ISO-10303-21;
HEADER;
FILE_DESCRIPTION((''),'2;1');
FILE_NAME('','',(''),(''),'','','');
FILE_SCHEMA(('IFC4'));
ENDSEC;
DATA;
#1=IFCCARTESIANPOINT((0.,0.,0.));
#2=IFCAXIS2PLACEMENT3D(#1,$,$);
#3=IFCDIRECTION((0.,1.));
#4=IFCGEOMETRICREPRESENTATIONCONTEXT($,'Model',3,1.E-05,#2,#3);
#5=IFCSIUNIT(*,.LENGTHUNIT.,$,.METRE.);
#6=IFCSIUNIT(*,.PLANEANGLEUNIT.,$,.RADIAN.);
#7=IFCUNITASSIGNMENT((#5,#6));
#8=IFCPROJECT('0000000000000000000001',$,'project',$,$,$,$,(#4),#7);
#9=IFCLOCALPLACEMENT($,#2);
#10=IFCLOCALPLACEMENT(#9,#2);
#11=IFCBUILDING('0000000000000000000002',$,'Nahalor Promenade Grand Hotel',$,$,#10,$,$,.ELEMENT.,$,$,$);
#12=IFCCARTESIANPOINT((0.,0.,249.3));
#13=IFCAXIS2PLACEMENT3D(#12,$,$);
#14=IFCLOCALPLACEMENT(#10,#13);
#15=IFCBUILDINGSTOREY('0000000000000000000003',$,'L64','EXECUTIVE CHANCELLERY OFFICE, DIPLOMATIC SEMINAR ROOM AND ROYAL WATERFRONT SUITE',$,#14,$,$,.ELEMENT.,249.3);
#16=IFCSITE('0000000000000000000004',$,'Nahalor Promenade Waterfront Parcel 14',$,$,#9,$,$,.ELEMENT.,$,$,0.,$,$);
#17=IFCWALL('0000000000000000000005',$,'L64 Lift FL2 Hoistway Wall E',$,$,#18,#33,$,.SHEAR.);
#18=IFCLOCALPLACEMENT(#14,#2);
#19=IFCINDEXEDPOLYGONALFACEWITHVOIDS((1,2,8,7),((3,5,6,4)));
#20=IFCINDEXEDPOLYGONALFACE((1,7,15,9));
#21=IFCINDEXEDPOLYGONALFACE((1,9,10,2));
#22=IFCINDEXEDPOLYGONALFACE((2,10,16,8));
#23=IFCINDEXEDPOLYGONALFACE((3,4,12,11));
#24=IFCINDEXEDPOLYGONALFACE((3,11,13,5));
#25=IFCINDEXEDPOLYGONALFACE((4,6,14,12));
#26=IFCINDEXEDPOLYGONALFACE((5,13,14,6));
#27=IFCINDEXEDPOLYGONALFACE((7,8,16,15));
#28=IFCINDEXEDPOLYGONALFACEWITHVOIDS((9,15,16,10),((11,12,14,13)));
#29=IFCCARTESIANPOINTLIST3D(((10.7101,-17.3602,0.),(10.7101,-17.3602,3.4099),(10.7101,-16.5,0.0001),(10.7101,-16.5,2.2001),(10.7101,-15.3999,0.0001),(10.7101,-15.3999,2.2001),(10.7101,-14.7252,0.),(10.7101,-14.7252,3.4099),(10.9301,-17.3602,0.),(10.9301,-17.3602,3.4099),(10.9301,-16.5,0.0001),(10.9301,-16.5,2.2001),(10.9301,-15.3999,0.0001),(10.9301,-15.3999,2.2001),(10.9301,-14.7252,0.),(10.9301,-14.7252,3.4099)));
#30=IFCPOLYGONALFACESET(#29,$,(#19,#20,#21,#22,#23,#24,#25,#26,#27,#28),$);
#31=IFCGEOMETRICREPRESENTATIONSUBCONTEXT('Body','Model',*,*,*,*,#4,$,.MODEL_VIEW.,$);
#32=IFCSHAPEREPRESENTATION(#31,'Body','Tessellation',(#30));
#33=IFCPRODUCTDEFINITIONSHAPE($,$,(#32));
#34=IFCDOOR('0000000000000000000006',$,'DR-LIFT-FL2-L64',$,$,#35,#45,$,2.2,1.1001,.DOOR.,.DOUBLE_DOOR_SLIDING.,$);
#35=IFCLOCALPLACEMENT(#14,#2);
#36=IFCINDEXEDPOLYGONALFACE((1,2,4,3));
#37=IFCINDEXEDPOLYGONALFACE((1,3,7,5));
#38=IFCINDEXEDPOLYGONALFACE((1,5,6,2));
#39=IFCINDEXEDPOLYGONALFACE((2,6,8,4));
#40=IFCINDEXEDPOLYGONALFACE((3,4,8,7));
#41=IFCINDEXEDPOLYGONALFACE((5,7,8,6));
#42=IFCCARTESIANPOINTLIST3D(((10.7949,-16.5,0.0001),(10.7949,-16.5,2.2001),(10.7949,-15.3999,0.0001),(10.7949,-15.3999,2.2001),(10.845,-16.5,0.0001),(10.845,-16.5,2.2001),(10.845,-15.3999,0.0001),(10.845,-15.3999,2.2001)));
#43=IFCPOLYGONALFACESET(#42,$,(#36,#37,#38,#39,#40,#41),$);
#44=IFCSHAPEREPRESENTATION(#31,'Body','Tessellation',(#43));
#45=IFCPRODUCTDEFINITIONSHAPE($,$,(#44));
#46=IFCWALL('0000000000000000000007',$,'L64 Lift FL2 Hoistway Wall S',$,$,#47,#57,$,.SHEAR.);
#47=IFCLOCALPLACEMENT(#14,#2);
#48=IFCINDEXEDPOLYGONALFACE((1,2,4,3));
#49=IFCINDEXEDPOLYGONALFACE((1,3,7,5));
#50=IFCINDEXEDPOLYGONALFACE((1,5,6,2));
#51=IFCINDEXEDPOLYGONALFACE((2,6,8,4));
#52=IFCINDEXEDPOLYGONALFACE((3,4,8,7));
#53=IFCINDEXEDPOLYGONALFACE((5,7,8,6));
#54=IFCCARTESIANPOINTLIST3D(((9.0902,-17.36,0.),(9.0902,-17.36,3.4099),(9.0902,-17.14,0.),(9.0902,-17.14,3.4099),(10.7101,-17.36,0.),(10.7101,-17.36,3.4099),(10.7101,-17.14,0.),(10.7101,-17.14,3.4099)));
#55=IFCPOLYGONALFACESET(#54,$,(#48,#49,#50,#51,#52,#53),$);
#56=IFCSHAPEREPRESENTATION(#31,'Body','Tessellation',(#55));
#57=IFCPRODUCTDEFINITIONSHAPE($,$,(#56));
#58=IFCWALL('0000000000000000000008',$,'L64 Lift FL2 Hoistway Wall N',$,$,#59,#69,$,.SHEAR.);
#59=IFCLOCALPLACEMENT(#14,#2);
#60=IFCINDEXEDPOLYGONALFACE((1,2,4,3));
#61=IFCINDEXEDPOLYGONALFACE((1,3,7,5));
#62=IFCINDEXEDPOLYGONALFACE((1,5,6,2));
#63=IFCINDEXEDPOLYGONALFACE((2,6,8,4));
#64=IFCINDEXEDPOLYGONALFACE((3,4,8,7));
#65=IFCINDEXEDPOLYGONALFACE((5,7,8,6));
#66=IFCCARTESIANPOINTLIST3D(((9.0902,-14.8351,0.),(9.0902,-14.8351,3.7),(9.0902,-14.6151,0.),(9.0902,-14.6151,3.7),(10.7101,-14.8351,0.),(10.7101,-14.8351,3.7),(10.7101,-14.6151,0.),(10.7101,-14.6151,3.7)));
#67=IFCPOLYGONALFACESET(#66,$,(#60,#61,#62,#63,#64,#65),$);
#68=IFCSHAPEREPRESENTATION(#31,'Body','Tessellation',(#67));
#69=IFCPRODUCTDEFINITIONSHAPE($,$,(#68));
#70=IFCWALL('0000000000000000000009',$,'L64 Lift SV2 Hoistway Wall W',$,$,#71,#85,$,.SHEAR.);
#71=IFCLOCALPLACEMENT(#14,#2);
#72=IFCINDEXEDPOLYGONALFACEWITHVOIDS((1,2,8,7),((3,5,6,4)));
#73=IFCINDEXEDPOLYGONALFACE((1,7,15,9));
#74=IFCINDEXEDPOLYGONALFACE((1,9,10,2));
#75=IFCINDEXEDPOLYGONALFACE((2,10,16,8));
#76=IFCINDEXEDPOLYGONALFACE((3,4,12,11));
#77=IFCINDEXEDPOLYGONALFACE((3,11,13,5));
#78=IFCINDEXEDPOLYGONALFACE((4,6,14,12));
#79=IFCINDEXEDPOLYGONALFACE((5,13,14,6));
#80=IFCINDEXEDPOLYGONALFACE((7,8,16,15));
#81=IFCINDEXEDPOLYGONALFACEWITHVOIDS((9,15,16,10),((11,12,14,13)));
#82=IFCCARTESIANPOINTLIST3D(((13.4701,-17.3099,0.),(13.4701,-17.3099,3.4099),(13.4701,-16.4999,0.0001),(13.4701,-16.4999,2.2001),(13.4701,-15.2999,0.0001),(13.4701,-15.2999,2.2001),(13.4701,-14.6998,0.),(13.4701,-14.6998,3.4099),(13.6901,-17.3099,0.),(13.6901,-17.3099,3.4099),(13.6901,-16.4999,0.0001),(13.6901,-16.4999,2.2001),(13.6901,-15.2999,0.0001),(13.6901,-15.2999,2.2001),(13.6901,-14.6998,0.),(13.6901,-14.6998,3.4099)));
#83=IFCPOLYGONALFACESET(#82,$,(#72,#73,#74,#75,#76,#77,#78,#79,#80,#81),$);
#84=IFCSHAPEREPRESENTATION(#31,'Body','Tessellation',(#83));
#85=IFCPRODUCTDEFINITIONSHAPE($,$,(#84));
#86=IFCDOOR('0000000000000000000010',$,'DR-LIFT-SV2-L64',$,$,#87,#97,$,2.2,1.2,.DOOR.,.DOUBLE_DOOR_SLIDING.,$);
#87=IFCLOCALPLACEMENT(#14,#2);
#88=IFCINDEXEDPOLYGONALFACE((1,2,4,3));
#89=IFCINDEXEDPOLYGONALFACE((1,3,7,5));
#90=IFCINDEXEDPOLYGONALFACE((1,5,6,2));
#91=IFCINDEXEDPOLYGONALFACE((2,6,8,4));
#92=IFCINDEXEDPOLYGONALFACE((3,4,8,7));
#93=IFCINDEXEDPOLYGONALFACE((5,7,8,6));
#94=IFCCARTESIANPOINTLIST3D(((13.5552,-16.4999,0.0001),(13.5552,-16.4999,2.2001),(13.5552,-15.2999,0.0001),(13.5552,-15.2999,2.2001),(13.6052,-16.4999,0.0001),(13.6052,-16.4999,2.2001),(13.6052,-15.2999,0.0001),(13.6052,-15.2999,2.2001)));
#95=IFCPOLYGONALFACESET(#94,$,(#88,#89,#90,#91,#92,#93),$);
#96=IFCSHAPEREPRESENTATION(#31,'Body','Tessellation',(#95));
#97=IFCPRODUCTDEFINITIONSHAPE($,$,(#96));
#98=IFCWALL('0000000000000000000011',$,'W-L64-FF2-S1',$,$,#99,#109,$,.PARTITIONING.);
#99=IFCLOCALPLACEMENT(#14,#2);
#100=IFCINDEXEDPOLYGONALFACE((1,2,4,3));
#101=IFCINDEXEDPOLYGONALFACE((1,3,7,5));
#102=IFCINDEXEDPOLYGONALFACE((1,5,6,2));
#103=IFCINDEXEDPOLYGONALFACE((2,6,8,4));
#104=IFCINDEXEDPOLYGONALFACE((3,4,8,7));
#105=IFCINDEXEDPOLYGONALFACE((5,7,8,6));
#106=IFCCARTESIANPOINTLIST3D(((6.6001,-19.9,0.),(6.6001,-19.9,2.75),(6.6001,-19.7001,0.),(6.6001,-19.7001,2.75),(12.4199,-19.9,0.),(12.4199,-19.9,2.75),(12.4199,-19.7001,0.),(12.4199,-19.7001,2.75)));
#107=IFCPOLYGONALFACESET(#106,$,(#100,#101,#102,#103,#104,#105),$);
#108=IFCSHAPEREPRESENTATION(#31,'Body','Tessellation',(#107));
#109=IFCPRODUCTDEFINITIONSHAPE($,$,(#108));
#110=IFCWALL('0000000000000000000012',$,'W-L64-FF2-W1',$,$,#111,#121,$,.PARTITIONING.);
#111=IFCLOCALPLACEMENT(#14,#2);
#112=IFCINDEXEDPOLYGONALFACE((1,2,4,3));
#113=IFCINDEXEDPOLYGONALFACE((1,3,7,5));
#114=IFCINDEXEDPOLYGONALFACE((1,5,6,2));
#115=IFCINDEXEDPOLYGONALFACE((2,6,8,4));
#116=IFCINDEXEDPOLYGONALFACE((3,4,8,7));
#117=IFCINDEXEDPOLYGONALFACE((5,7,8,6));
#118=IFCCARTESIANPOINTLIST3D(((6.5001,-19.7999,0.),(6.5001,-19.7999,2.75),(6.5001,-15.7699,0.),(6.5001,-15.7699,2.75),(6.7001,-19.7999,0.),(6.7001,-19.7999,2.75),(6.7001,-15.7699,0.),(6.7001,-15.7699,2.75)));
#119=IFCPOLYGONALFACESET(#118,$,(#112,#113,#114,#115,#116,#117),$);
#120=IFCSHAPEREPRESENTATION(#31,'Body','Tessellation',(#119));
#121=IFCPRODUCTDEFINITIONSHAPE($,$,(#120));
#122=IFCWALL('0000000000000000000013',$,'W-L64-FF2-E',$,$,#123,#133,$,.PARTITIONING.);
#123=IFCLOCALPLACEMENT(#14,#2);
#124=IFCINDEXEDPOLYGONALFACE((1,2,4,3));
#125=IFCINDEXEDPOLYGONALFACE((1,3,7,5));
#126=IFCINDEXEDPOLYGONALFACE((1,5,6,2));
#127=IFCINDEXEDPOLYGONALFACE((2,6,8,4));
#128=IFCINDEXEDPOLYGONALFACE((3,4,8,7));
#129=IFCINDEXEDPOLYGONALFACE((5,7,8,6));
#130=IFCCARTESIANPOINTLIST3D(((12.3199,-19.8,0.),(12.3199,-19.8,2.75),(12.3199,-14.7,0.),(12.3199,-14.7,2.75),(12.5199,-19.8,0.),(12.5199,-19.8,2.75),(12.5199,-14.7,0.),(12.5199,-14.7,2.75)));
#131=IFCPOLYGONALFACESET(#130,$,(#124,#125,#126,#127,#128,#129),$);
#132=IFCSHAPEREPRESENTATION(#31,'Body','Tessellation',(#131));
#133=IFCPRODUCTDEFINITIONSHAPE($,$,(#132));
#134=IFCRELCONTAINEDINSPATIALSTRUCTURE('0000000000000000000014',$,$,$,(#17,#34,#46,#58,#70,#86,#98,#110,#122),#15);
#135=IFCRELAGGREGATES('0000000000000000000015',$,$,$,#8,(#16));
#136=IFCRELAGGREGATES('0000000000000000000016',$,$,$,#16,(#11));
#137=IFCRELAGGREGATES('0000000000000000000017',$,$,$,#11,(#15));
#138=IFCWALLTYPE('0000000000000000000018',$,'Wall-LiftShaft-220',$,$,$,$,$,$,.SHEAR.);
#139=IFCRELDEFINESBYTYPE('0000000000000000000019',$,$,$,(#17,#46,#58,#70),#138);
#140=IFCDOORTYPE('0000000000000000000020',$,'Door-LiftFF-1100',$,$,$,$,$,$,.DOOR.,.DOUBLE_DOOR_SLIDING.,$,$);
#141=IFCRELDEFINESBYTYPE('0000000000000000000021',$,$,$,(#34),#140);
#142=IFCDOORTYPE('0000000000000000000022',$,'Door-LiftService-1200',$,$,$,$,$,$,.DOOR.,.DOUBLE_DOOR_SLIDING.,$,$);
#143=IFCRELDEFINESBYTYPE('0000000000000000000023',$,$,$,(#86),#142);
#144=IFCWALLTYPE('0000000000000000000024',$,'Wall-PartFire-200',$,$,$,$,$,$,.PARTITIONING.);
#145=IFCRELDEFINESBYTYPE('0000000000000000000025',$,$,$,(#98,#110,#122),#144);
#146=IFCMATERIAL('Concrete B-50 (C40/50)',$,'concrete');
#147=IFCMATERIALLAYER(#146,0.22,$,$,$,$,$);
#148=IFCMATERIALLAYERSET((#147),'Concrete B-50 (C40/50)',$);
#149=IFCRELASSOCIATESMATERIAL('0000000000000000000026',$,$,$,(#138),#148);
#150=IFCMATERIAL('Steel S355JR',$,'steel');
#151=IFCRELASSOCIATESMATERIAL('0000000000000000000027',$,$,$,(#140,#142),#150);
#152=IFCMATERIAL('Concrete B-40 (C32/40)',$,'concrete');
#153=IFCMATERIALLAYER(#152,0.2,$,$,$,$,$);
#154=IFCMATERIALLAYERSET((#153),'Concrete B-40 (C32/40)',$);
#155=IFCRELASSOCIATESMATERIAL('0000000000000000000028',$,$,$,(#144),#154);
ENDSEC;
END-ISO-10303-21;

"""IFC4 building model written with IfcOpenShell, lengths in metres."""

from ifc_helpers import new_model, si_unit, direction, frame, frame_2d, origin, place, context, subcontext, project, spatial, rectangle, extrude, source, transform, mapped, material, layer, layer_set, type_object, element, fill, save


model = new_model("IFC4")

# Units and contexts
model_context = context("Model", 3, precision=1e-05, world=origin(), true_north=direction((0.0, 1.0)))
body_context = subcontext(model_context, "Body", "Model", "MODEL_VIEW")
ifc_project = project(units=[si_unit("LENGTHUNIT", "METRE"), si_unit("PLANEANGLEUNIT", "RADIAN")], contexts=[model_context])

# Site, building, storey
site_placement = place(None, origin())
site = spatial("IfcSite", under=ifc_project, at=site_placement, Name="Nahalor Promenade Waterfront Parcel 14", CompositionType="ELEMENT", RefElevation=0.0)
building_placement = place(site_placement, origin())
building = spatial("IfcBuilding", under=site, at=building_placement, Name="Nahalor Promenade Grand Hotel", CompositionType="ELEMENT")
storey_placement = place(building_placement, frame((0.0, 0.0, 249.3)))
storey = spatial("IfcBuildingStorey", under=building, at=storey_placement, Name="L64", Description="EXECUTIVE CHANCELLERY OFFICE, DIPLOMATIC SEMINAR ROOM AND ROYAL WATERFRONT SUITE", CompositionType="ELEMENT", Elevation=249.3)

# Shared definitions
ifc_material_1 = material(Name="Steel S355JR", Category="steel")

# Shared definitions
ifc_material_2 = material(Name="Concrete B-50 (C40/50)", Category="concrete")

# Shared definitions
ifc_layer_1 = layer(ifc_material_2, 0.22)
ifc_layer_set_1 = layer_set([ifc_layer_1], Name="Concrete B-50 (C40/50)")
wall_type_1 = type_object("IfcWallType", Name="Wall-LiftShaft-220", PredefinedType="SHEAR", material=ifc_layer_set_1)

# Shared definitions
shared_shape_1 = source(origin(), body_context, "Body", "SweptSolid", [
    extrude(rectangle(XDim=2.635, YDim=0.22, at=frame_2d((1.3174, 0.0))), origin(), (0.0, 0.0, 1.0), 3.4099),
])

# Wall, opening, door
wall_1_placement = place(storey_placement, frame((10.8201, -17.3601, 0.0), z_axis=(0.0, 0.0, 1.0), x_axis=(0.0, 1.0, 0.0)))
wall_1 = element("IfcWall", 1, at=wall_1_placement, inside=storey, type_object=wall_type_1, Name="L64 Lift FL2 Hoistway Wall E", PredefinedType="SHEAR", context=body_context, shape_type="MappedRepresentation", body=[
    mapped(shared_shape_1, transform((0.0, 0.0, 0.0), scale=1.0)),
])
opening_1_placement = place(wall_1_placement, frame((0.8601, 0.0, 0.0)))
opening_1 = element("IfcOpeningElement", 2, at=opening_1_placement, cuts=wall_1, PredefinedType="OPENING", context=body_context, shape_type="SweptSolid", body=[
    extrude(rectangle(XDim=1.1001, YDim=2.2, at=frame_2d((0.55, 1.1001))), frame((0.0, 0.1199, 0.0), z_axis=(0.0, -1.0, 0.0), x_axis=(1.0, 0.0, 0.0)), (0.0, 0.0, 1.0), 0.24),
])
door_type_1 = type_object("IfcDoorType", Name="Door-LiftFF-1100", OperationType="DOUBLE_DOOR_SLIDING", PredefinedType="DOOR", material=ifc_material_1)
shared_shape_2 = source(origin(), body_context, "Body", "SweptSolid", [
    extrude(rectangle(XDim=1.1001, YDim=2.2, at=frame_2d((0.55, 1.1001))), frame((0.0, 0.0249, 0.0), z_axis=(0.0, -1.0, 0.0), x_axis=(1.0, 0.0, 0.0)), (0.0, 0.0, 1.0), 0.05),
])
door_1_placement = place(opening_1_placement, frame((1.1001, 0.0, 0.0), z_axis=(0.0, 0.0, 1.0), x_axis=(-1.0, 0.0, 0.0)))
door_1 = element("IfcDoor", 3, at=door_1_placement, inside=storey, type_object=door_type_1, Name="DR-LIFT-FL2-L64", OperationType="DOUBLE_DOOR_SLIDING", OverallHeight=2.2, OverallWidth=1.1001, PredefinedType="DOOR", context=body_context, shape_type="MappedRepresentation", body=[
    mapped(shared_shape_2, transform((0.0, 0.0, 0.0), scale=1.0)),
])
fill(opening_1, door_1)

# Walls
shared_shape_3 = source(origin(), body_context, "Body", "SweptSolid", [
    extrude(rectangle(XDim=1.6199, YDim=0.22, at=frame_2d((0.8101, 0.0))), origin(), (0.0, 0.0, 1.0), 3.4099),
])
wall_2_placement = place(storey_placement, frame((9.0901, -17.25, 0.0), z_axis=(0.0, 0.0, 1.0), x_axis=(1.0, 0.0, 0.0)))
element("IfcWall", 4, at=wall_2_placement, inside=storey, type_object=wall_type_1, Name="L64 Lift FL2 Hoistway Wall S", PredefinedType="SHEAR", context=body_context, shape_type="MappedRepresentation", body=[
    mapped(shared_shape_3, transform((0.0, 0.0, 0.0), scale=1.0)),
])
shared_shape_4 = source(origin(), body_context, "Body", "SweptSolid", [
    extrude(rectangle(XDim=1.6199, YDim=0.22, at=frame_2d((0.8101, 0.0))), origin(), (0.0, 0.0, 1.0), 3.7),
])
wall_3_placement = place(storey_placement, frame((9.0901, -14.7251, 0.0), z_axis=(0.0, 0.0, 1.0), x_axis=(1.0, 0.0, 0.0)))
element("IfcWall", 5, at=wall_3_placement, inside=storey, type_object=wall_type_1, Name="L64 Lift FL2 Hoistway Wall N", PredefinedType="SHEAR", context=body_context, shape_type="MappedRepresentation", body=[
    mapped(shared_shape_4, transform((0.0, 0.0, 0.0), scale=1.0)),
])

# Wall, opening, door
shared_shape_5 = source(origin(), body_context, "Body", "SweptSolid", [
    extrude(rectangle(XDim=2.6101, YDim=0.22, at=frame_2d((1.3052, 0.0))), origin(), (0.0, 0.0, 1.0), 3.4099),
])
wall_4_placement = place(storey_placement, frame((13.5801, -17.3101, 0.0), z_axis=(0.0, 0.0, 1.0), x_axis=(0.0, 1.0, 0.0)))
wall_4 = element("IfcWall", 6, at=wall_4_placement, inside=storey, type_object=wall_type_1, Name="L64 Lift SV2 Hoistway Wall W", PredefinedType="SHEAR", context=body_context, shape_type="MappedRepresentation", body=[
    mapped(shared_shape_5, transform((0.0, 0.0, 0.0), scale=1.0)),
])
opening_2_placement = place(wall_4_placement, frame((0.8101, 0.0, 0.0)))
opening_2 = element("IfcOpeningElement", 7, at=opening_2_placement, cuts=wall_4, PredefinedType="OPENING", context=body_context, shape_type="SweptSolid", body=[
    extrude(rectangle(XDim=1.2, YDim=2.2, at=frame_2d((0.6001, 1.1001))), frame((0.0, 0.1199, 0.0), z_axis=(0.0, -1.0, 0.0), x_axis=(1.0, 0.0, 0.0)), (0.0, 0.0, 1.0), 0.24),
])
door_type_2 = type_object("IfcDoorType", Name="Door-LiftService-1200", OperationType="DOUBLE_DOOR_SLIDING", PredefinedType="DOOR", material=ifc_material_1)
shared_shape_6 = source(origin(), body_context, "Body", "SweptSolid", [
    extrude(rectangle(XDim=1.2, YDim=2.2, at=frame_2d((0.6001, 1.1001))), frame((0.0, 0.0249, 0.0), z_axis=(0.0, -1.0, 0.0), x_axis=(1.0, 0.0, 0.0)), (0.0, 0.0, 1.0), 0.05),
])
door_2_placement = place(opening_2_placement, origin())
door_2 = element("IfcDoor", 8, at=door_2_placement, inside=storey, type_object=door_type_2, Name="DR-LIFT-SV2-L64", OperationType="DOUBLE_DOOR_SLIDING", OverallHeight=2.2, OverallWidth=1.2, PredefinedType="DOOR", context=body_context, shape_type="MappedRepresentation", body=[
    mapped(shared_shape_6, transform((0.0, 0.0, 0.0), scale=1.0)),
])
fill(opening_2, door_2)

# Walls
ifc_material_3 = material(Name="Concrete B-40 (C32/40)", Category="concrete")
ifc_layer_2 = layer(ifc_material_3, 0.2)
ifc_layer_set_2 = layer_set([ifc_layer_2], Name="Concrete B-40 (C32/40)")
wall_type_2 = type_object("IfcWallType", Name="Wall-PartFire-200", PredefinedType="PARTITIONING", material=ifc_layer_set_2)
shared_shape_7 = source(origin(), body_context, "Body", "SweptSolid", [
    extrude(rectangle(XDim=5.8198, YDim=0.2, at=frame_2d((2.9099, 0.0))), origin(), (0.0, 0.0, 1.0), 2.75),
])
wall_5_placement = place(storey_placement, frame((6.6001, -19.8, 0.0), z_axis=(0.0, 0.0, 1.0), x_axis=(1.0, 0.0, 0.0)))
element("IfcWall", 9, at=wall_5_placement, inside=storey, type_object=wall_type_2, Name="W-L64-FF2-S1", PredefinedType="PARTITIONING", context=body_context, shape_type="MappedRepresentation", body=[
    mapped(shared_shape_7, transform((0.0, 0.0, 0.0), scale=1.0)),
])
shared_shape_8 = source(origin(), body_context, "Body", "SweptSolid", [
    extrude(rectangle(XDim=4.03, YDim=0.2, at=frame_2d((2.0151, 0.0))), origin(), (0.0, 0.0, 1.0), 2.75),
])
wall_6_placement = place(storey_placement, frame((6.6001, -19.8, 0.0), z_axis=(0.0, 0.0, 1.0), x_axis=(0.0, 1.0, 0.0)))
element("IfcWall", 10, at=wall_6_placement, inside=storey, type_object=wall_type_2, Name="W-L64-FF2-W1", PredefinedType="PARTITIONING", context=body_context, shape_type="MappedRepresentation", body=[
    mapped(shared_shape_8, transform((0.0, 0.0, 0.0), scale=1.0)),
])
shared_shape_9 = source(origin(), body_context, "Body", "SweptSolid", [
    extrude(rectangle(XDim=5.1001, YDim=0.2, at=frame_2d((2.55, 0.0))), origin(), (0.0, 0.0, 1.0), 2.75),
])
wall_7_placement = place(storey_placement, frame((12.4199, -19.8, 0.0), z_axis=(0.0, 0.0, 1.0), x_axis=(0.0, 1.0, 0.0)))
element("IfcWall", 11, at=wall_7_placement, inside=storey, type_object=wall_type_2, Name="W-L64-FF2-E", PredefinedType="PARTITIONING", context=body_context, shape_type="MappedRepresentation", body=[
    mapped(shared_shape_9, transform((0.0, 0.0, 0.0), scale=1.0)),
])

save(model, "model.ifc")
